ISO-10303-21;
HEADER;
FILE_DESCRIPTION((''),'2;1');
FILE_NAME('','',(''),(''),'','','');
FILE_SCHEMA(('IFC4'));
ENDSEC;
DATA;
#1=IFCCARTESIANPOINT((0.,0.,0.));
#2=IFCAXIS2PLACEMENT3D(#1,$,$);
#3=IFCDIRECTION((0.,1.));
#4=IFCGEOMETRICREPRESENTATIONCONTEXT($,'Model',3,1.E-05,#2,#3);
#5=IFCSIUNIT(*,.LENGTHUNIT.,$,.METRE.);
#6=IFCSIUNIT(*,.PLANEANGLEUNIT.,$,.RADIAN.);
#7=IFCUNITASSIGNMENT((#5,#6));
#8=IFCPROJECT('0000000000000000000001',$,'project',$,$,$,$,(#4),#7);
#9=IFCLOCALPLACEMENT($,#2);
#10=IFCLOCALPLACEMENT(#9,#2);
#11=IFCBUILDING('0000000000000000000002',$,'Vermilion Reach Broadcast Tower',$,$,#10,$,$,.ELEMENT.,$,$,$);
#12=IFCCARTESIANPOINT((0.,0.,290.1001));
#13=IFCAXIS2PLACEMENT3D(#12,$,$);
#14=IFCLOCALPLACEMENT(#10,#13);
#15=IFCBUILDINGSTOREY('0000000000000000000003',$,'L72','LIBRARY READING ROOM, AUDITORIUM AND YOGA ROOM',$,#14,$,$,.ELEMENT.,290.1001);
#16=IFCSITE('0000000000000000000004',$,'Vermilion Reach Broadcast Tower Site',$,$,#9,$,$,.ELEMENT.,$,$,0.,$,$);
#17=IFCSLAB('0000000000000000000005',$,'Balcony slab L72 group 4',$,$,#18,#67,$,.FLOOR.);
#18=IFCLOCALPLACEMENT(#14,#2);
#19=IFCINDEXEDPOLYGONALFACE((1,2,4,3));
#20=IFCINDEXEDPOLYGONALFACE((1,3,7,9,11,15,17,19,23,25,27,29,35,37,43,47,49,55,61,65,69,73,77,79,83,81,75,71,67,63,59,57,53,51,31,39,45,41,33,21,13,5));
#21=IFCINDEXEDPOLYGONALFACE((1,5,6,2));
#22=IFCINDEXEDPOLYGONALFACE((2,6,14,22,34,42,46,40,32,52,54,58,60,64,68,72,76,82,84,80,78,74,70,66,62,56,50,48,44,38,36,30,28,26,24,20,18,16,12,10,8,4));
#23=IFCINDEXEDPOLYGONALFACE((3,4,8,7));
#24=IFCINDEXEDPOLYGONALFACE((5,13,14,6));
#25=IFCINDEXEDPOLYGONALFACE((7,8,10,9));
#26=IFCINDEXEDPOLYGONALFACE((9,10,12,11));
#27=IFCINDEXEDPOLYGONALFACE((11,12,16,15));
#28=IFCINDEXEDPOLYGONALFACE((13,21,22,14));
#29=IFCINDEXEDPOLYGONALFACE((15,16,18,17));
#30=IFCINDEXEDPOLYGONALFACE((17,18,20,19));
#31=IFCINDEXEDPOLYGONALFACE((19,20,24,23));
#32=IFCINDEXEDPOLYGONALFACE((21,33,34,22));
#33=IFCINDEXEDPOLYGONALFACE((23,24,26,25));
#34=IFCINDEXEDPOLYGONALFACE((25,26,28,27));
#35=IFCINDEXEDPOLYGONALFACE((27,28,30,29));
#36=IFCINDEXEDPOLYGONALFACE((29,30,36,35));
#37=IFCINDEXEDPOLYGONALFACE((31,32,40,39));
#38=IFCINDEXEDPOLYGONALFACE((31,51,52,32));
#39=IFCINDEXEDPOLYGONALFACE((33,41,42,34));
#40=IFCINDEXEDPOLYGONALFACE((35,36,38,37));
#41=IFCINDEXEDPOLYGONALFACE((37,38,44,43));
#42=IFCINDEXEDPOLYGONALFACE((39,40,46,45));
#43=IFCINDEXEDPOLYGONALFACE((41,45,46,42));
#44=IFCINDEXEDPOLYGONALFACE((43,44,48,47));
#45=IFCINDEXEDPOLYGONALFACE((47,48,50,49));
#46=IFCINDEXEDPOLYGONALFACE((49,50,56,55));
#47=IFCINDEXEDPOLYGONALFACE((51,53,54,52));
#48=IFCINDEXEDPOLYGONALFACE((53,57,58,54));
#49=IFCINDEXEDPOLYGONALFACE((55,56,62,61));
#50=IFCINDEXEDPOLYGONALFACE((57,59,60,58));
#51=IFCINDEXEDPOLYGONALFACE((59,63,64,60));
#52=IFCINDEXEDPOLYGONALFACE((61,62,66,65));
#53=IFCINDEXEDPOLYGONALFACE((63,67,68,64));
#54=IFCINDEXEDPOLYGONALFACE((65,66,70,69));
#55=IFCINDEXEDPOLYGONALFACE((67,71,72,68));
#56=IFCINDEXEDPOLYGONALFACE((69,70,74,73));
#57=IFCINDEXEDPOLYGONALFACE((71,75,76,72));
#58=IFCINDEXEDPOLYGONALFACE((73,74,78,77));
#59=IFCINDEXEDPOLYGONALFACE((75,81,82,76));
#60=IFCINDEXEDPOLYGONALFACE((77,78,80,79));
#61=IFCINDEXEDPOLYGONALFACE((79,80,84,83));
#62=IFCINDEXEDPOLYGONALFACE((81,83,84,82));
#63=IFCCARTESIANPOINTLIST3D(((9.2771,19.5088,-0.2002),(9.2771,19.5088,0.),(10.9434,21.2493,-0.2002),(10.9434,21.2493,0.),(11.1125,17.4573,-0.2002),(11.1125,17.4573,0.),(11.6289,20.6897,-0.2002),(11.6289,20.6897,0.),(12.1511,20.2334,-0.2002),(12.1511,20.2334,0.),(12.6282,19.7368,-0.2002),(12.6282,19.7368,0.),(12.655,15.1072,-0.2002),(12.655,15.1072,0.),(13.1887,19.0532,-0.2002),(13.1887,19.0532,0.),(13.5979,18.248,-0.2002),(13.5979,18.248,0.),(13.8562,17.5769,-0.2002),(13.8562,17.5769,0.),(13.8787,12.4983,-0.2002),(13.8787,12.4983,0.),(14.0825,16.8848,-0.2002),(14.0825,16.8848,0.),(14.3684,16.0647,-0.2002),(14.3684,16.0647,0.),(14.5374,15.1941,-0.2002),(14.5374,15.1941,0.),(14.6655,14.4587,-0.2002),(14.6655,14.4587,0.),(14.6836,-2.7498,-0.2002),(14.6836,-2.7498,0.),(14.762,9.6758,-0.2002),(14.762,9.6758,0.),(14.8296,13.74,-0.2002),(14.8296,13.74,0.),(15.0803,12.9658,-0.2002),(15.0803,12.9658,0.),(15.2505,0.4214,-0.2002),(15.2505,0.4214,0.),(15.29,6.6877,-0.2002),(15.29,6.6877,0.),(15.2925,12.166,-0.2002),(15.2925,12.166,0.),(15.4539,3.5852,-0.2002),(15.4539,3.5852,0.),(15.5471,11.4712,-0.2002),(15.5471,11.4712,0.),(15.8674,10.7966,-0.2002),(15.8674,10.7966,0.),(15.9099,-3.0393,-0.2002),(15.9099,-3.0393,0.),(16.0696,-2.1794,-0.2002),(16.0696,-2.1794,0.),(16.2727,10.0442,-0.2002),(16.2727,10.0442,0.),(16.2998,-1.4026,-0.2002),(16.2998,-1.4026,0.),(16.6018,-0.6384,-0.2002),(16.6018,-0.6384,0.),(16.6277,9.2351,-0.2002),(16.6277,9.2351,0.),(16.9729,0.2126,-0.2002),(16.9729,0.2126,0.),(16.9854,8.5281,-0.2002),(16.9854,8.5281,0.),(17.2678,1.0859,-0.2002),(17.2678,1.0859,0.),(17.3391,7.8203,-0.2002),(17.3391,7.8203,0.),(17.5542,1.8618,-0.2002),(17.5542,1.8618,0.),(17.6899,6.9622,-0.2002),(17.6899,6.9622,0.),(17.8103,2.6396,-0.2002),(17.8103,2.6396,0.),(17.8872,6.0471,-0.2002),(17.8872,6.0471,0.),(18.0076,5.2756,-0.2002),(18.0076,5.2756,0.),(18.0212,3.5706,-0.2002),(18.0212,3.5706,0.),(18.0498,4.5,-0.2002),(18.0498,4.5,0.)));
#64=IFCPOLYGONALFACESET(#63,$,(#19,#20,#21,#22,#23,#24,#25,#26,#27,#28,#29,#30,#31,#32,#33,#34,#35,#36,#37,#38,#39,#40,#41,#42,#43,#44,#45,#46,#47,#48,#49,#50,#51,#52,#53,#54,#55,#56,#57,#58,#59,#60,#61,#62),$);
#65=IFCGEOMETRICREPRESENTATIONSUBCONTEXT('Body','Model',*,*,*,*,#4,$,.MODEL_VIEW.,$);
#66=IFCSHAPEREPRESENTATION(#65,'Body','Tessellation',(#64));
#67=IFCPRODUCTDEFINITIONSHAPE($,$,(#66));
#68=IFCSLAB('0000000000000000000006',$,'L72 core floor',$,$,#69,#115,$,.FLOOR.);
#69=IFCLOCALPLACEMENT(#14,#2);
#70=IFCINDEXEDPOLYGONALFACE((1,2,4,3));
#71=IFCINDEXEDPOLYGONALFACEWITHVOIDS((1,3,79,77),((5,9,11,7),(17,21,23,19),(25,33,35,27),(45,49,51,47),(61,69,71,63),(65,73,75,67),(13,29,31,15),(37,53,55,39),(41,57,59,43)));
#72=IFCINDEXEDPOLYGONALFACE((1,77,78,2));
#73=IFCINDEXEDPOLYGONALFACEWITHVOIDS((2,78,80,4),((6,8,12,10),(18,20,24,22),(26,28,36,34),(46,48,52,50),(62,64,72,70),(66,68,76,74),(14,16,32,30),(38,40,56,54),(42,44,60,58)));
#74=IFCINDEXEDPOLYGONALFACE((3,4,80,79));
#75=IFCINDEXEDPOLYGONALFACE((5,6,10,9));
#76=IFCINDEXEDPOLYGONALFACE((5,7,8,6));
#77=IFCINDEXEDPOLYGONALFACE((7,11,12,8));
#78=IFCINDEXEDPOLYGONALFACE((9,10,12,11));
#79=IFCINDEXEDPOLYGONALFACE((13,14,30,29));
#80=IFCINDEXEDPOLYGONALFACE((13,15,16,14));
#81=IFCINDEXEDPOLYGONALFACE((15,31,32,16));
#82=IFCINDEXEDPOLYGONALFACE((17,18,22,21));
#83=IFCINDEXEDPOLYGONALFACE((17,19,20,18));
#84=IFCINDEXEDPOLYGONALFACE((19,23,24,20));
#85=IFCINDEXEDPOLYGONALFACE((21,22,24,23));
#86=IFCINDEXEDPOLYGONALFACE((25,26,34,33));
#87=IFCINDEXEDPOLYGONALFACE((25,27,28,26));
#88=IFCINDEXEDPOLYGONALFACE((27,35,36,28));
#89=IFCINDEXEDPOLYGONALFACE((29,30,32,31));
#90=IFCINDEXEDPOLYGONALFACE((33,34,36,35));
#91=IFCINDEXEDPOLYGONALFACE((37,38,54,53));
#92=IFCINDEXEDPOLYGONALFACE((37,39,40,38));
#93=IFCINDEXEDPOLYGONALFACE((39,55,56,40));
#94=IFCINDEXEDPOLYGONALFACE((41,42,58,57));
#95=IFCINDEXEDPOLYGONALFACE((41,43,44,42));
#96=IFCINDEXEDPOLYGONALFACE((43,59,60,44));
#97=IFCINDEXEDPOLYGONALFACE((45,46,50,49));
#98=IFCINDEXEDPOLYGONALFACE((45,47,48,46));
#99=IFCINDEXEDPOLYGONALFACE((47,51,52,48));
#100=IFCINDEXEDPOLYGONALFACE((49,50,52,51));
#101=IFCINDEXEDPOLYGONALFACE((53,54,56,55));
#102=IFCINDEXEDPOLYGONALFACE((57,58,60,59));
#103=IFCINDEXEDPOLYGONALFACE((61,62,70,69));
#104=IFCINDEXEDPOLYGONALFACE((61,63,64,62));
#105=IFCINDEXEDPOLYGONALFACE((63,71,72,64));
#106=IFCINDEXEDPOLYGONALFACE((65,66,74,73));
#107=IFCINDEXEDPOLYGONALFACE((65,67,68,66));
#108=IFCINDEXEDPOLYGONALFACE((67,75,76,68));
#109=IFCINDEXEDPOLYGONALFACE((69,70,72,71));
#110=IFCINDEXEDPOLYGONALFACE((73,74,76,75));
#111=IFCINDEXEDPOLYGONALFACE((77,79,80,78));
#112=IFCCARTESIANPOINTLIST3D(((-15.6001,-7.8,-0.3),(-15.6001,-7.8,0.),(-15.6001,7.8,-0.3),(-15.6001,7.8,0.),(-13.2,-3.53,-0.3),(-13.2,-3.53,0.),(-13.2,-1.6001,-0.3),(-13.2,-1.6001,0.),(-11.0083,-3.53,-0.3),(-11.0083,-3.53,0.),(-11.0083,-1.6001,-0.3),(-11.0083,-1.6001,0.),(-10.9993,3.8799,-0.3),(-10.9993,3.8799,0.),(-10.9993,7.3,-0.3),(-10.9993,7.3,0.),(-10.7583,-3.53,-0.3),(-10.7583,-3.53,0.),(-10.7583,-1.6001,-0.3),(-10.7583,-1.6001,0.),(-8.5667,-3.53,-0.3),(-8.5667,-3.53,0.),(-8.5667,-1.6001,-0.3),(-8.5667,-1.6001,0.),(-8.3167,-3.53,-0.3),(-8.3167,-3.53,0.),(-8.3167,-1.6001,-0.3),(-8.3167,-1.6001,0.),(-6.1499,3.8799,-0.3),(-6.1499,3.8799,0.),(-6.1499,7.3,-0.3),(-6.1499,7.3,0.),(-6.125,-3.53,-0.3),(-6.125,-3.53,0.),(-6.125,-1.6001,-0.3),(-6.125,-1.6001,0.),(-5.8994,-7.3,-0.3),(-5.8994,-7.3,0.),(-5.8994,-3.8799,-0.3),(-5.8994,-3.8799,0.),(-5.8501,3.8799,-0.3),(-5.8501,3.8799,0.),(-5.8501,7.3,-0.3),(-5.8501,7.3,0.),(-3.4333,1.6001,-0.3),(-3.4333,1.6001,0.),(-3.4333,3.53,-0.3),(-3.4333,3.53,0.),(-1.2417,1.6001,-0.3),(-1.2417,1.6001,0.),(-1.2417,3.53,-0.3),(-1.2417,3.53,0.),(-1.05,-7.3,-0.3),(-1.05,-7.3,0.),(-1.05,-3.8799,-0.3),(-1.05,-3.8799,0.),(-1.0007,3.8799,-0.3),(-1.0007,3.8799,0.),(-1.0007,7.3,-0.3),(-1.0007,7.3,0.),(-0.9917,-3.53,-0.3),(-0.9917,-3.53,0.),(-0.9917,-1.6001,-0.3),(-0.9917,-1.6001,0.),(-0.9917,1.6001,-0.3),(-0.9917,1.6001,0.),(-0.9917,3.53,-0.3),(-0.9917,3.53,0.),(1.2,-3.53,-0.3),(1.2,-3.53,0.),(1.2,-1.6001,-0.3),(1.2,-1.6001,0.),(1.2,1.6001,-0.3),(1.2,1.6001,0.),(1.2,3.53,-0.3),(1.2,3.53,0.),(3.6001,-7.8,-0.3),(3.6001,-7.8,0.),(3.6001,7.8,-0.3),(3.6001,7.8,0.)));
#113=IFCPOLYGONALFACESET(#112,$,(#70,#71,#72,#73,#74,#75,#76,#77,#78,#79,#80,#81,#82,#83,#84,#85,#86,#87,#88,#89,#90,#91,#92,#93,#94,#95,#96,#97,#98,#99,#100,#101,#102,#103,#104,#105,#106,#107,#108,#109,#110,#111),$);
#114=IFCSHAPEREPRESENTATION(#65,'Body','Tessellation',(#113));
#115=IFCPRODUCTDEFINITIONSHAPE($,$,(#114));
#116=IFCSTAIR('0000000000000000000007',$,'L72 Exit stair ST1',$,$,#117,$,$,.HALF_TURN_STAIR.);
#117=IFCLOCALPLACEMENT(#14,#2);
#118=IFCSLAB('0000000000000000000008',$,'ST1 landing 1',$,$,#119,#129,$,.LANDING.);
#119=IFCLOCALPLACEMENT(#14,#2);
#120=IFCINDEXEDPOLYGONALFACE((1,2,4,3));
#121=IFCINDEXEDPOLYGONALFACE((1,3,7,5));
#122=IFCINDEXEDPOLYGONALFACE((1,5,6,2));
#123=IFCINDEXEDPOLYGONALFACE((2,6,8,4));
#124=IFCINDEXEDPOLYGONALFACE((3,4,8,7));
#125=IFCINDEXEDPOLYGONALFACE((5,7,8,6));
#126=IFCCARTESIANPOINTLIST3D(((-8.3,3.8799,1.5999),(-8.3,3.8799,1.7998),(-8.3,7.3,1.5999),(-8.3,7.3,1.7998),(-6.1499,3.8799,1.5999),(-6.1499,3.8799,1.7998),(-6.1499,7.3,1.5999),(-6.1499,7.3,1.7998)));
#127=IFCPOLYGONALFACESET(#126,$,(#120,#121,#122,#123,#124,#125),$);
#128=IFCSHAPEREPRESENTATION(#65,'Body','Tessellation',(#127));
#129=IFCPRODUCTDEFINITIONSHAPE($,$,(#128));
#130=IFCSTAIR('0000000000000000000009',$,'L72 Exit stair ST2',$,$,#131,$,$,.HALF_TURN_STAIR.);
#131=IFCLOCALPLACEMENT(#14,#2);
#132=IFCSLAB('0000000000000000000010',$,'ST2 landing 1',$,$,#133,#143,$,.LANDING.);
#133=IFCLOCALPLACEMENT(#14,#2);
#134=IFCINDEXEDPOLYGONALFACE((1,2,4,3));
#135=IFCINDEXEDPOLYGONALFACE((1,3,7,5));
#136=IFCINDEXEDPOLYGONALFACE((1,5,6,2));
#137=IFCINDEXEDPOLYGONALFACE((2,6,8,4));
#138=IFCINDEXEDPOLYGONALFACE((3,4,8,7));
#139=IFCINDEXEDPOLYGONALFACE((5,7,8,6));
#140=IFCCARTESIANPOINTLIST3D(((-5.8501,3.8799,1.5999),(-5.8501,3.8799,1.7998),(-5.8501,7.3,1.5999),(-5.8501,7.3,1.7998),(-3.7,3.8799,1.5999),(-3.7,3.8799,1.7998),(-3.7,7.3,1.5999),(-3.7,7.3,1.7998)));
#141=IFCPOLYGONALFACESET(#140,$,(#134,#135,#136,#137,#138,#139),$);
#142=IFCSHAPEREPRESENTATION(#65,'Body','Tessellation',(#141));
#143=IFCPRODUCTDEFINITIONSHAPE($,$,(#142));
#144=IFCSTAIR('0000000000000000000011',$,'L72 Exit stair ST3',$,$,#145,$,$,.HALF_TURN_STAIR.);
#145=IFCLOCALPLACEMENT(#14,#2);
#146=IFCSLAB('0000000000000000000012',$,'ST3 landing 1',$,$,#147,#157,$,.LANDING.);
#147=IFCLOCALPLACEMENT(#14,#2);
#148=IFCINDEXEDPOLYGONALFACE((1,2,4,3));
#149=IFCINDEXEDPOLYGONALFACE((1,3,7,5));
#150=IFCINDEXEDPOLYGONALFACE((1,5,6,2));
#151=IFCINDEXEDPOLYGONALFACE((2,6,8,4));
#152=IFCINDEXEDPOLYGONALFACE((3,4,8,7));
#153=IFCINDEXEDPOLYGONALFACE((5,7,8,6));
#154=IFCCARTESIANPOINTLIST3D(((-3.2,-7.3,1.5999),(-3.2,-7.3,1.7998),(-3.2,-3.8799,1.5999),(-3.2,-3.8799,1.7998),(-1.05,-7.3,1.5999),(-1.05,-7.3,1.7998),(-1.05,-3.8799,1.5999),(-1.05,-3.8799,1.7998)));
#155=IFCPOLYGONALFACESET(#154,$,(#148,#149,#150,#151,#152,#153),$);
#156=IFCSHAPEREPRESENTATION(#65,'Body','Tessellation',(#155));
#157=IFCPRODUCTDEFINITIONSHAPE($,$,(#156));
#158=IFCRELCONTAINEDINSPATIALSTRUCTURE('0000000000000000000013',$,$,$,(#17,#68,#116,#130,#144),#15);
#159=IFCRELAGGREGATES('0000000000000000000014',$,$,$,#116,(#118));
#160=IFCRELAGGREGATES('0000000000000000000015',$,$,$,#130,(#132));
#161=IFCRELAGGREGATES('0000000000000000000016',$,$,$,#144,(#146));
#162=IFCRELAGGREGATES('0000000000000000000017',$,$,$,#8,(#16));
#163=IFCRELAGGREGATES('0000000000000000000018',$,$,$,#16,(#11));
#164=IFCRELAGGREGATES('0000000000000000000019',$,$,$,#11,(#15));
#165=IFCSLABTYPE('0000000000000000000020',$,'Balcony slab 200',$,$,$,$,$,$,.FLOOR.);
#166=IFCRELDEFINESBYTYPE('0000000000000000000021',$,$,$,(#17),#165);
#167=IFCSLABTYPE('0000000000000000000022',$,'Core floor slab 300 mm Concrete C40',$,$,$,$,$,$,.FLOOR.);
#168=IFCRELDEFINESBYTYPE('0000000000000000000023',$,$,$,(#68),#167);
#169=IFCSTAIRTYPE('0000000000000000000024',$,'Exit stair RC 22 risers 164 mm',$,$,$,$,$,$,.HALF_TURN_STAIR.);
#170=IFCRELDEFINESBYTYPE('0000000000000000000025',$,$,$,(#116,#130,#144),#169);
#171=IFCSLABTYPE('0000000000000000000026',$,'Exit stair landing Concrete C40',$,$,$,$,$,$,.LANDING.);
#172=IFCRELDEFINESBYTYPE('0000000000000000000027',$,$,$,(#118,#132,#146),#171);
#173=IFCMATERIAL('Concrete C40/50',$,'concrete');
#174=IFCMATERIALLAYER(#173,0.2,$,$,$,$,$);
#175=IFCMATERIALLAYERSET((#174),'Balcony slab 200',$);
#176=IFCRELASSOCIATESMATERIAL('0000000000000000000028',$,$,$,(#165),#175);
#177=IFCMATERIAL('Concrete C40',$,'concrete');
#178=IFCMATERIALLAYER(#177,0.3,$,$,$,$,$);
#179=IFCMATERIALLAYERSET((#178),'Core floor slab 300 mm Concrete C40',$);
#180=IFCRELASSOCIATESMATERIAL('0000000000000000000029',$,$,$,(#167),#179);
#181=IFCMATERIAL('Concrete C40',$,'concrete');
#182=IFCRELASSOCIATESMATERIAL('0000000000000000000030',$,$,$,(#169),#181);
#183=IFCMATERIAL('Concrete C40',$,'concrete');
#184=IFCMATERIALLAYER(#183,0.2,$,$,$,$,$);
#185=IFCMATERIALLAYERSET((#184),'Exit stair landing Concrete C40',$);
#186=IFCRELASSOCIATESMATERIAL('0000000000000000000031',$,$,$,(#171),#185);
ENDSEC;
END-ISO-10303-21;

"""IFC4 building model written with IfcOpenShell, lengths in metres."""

from ifc_helpers import new_model, si_unit, direction, frame, origin, place, context, subcontext, project, spatial, polyline, outline, extrude, material, layer, layer_set, type_object, element, aggregate, save


model = new_model("IFC4")

# Units and contexts
model_context = context("Model", 3, precision=1e-05, world=origin(), true_north=direction((0.0, 1.0)))
body_context = subcontext(model_context, "Body", "Model", "MODEL_VIEW")
ifc_project = project(units=[si_unit("LENGTHUNIT", "METRE"), si_unit("PLANEANGLEUNIT", "RADIAN")], contexts=[model_context])

# Site, building, storey
site_placement = place(None, origin())
site = spatial("IfcSite", under=ifc_project, at=site_placement, Name="Vermilion Reach Broadcast Tower Site", CompositionType="ELEMENT", RefElevation=0.0)
building_placement = place(site_placement, origin())
building = spatial("IfcBuilding", under=site, at=building_placement, Name="Vermilion Reach Broadcast Tower", CompositionType="ELEMENT")
storey_placement = place(building_placement, frame((0.0, 0.0, 290.1001)))
storey = spatial("IfcBuildingStorey", under=building, at=storey_placement, Name="L72", Description="LIBRARY READING ROOM, AUDITORIUM AND YOGA ROOM", CompositionType="ELEMENT", Elevation=290.1001)

# Slabs
ifc_material_1 = material(Name="Concrete C40/50", Category="concrete")
ifc_layer_1 = layer(ifc_material_1, 0.2)
ifc_layer_set_1 = layer_set([ifc_layer_1], Name="Balcony slab 200")
slab_type_1 = type_object("IfcSlabType", Name="Balcony slab 200", PredefinedType="FLOOR", material=ifc_layer_set_1)
placement_1 = place(storey_placement, frame((0.0, 0.0, -0.2002)))
element("IfcSlab", 1, at=placement_1, inside=storey, type_object=slab_type_1, Name="Balcony slab L72 group 4", PredefinedType="FLOOR", context=body_context, shape_type="SweptSolid", body=[
    extrude(outline(polyline([(14.6836, -2.7498), (15.2505, 0.4214), (15.4539, 3.5852), (15.29, 6.6877), (14.762, 9.6758), (13.8787, 12.4983), (12.655, 15.1072), (11.1125, 17.4573), (9.2771, 19.5088), (10.9434, 21.2493), (11.6289, 20.6897), (12.1511, 20.2334), (12.6282, 19.7368), (13.1887, 19.0532), (13.5979, 18.248), (13.8562, 17.5769), (14.0825, 16.8848), (14.3684, 16.0647), (14.5374, 15.1941), (14.6655, 14.4587), (14.8296, 13.74), (15.0803, 12.9658), (15.2925, 12.166), (15.5471, 11.4712), (15.8674, 10.7966), (16.2727, 10.0442), (16.6277, 9.2351), (16.9854, 8.5281), (17.3391, 7.8203), (17.6899, 6.9622), (17.8872, 6.0471), (18.0076, 5.2756), (18.0498, 4.5), (18.0212, 3.5706), (17.8103, 2.6396), (17.5542, 1.8618), (17.2678, 1.0859), (16.9729, 0.2126), (16.6018, -0.6384), (16.2998, -1.4026), (16.0696, -2.1794), (15.9099, -3.0393), (14.6836, -2.7498)])), origin(), (0.0, 0.0, 1.0), 0.2002),
])
ifc_material_2 = material(Name="Concrete C40", Category="concrete")
ifc_layer_2 = layer(ifc_material_2, 0.3)
ifc_layer_set_2 = layer_set([ifc_layer_2], Name="Core floor slab 300 mm Concrete C40")
slab_type_2 = type_object("IfcSlabType", Name="Core floor slab 300 mm Concrete C40", PredefinedType="FLOOR", material=ifc_layer_set_2)
slab_1_placement = place(storey_placement, frame((0.0, 0.0, -0.3)))
element("IfcSlab", 2, at=slab_1_placement, inside=storey, type_object=slab_type_2, Name="L72 core floor", PredefinedType="FLOOR", context=body_context, shape_type="SweptSolid", body=[
    extrude(outline(polyline([(-15.6001, -7.8), (3.6001, -7.8), (3.6001, 7.8), (-15.6001, 7.8), (-15.6001, -7.8)]), holes=[polyline([(-3.4333, 1.6001), (-1.2417, 1.6001), (-1.2417, 3.53), (-3.4333, 3.53), (-3.4333, 1.6001)]), polyline([(-0.9917, 1.6001), (1.2, 1.6001), (1.2, 3.53), (-0.9917, 3.53), (-0.9917, 1.6001)]), polyline([(-13.2, -3.53), (-11.0083, -3.53), (-11.0083, -1.6001), (-13.2, -1.6001), (-13.2, -3.53)]), polyline([(-10.7583, -3.53), (-8.5667, -3.53), (-8.5667, -1.6001), (-10.7583, -1.6001), (-10.7583, -3.53)]), polyline([(-8.3167, -3.53), (-6.125, -3.53), (-6.125, -1.6001), (-8.3167, -1.6001), (-8.3167, -3.53)]), polyline([(-0.9917, -3.53), (1.2, -3.53), (1.2, -1.6001), (-0.9917, -1.6001), (-0.9917, -3.53)]), polyline([(-10.9993, 3.8799), (-6.1499, 3.8799), (-6.1499, 7.3), (-10.9993, 7.3), (-10.9993, 3.8799)]), polyline([(-1.0007, 7.3), (-5.8501, 7.3), (-5.8501, 3.8799), (-1.0007, 3.8799), (-1.0007, 7.3)]), polyline([(-5.8994, -7.3), (-1.05, -7.3), (-1.05, -3.8799), (-5.8994, -3.8799), (-5.8994, -7.3)])]), origin(), (0.0, 0.0, 1.0), 0.3),
])

# Stairs, slabs
ifc_material_3 = material(Name="Concrete C40", Category="concrete")
stair_type = type_object("IfcStairType", Name="Exit stair RC 22 risers 164 mm", PredefinedType="HALF_TURN_STAIR", material=ifc_material_3)
placement_2 = place(storey_placement, origin())
stair_1 = element("IfcStair", 3, at=placement_2, inside=storey, type_object=stair_type, Name="L72 Exit stair ST1", PredefinedType="HALF_TURN_STAIR")
ifc_material_4 = material(Name="Concrete C40", Category="concrete")
ifc_layer_3 = layer(ifc_material_4, 0.2)
ifc_layer_set_3 = layer_set([ifc_layer_3], Name="Exit stair landing Concrete C40")
slab_type_3 = type_object("IfcSlabType", Name="Exit stair landing Concrete C40", PredefinedType="LANDING", material=ifc_layer_set_3)
placement_3 = place(storey_placement, frame((0.0, 0.0, 1.5999)))
slab_2 = element("IfcSlab", 4, at=placement_3, type_object=slab_type_3, Name="ST1 landing 1", PredefinedType="LANDING", context=body_context, shape_type="SweptSolid", body=[
    extrude(outline(polyline([(-8.3, 3.8799), (-6.1499, 3.8799), (-6.1499, 7.3), (-8.3, 7.3), (-8.3, 3.8799)])), origin(), (0.0, 0.0, 1.0), 0.2),
])
aggregate(stair_1, [slab_2])
stair_2 = element("IfcStair", 5, at=placement_2, inside=storey, type_object=stair_type, Name="L72 Exit stair ST2", PredefinedType="HALF_TURN_STAIR")
slab_3 = element("IfcSlab", 6, at=placement_3, type_object=slab_type_3, Name="ST2 landing 1", PredefinedType="LANDING", context=body_context, shape_type="SweptSolid", body=[
    extrude(outline(polyline([(-3.7, 7.3), (-5.8501, 7.3), (-5.8501, 3.8799), (-3.7, 3.8799), (-3.7, 7.3)])), origin(), (0.0, 0.0, 1.0), 0.2),
])
aggregate(stair_2, [slab_3])
stair_3 = element("IfcStair", 7, at=placement_2, inside=storey, type_object=stair_type, Name="L72 Exit stair ST3", PredefinedType="HALF_TURN_STAIR")
slab_4 = element("IfcSlab", 8, at=placement_3, type_object=slab_type_3, Name="ST3 landing 1", PredefinedType="LANDING", context=body_context, shape_type="SweptSolid", body=[
    extrude(outline(polyline([(-3.2, -7.3), (-1.05, -7.3), (-1.05, -3.8799), (-3.2, -3.8799), (-3.2, -7.3)])), origin(), (0.0, 0.0, 1.0), 0.2),
])

aggregate(stair_3, [slab_4])

save(model, "model.ifc")
